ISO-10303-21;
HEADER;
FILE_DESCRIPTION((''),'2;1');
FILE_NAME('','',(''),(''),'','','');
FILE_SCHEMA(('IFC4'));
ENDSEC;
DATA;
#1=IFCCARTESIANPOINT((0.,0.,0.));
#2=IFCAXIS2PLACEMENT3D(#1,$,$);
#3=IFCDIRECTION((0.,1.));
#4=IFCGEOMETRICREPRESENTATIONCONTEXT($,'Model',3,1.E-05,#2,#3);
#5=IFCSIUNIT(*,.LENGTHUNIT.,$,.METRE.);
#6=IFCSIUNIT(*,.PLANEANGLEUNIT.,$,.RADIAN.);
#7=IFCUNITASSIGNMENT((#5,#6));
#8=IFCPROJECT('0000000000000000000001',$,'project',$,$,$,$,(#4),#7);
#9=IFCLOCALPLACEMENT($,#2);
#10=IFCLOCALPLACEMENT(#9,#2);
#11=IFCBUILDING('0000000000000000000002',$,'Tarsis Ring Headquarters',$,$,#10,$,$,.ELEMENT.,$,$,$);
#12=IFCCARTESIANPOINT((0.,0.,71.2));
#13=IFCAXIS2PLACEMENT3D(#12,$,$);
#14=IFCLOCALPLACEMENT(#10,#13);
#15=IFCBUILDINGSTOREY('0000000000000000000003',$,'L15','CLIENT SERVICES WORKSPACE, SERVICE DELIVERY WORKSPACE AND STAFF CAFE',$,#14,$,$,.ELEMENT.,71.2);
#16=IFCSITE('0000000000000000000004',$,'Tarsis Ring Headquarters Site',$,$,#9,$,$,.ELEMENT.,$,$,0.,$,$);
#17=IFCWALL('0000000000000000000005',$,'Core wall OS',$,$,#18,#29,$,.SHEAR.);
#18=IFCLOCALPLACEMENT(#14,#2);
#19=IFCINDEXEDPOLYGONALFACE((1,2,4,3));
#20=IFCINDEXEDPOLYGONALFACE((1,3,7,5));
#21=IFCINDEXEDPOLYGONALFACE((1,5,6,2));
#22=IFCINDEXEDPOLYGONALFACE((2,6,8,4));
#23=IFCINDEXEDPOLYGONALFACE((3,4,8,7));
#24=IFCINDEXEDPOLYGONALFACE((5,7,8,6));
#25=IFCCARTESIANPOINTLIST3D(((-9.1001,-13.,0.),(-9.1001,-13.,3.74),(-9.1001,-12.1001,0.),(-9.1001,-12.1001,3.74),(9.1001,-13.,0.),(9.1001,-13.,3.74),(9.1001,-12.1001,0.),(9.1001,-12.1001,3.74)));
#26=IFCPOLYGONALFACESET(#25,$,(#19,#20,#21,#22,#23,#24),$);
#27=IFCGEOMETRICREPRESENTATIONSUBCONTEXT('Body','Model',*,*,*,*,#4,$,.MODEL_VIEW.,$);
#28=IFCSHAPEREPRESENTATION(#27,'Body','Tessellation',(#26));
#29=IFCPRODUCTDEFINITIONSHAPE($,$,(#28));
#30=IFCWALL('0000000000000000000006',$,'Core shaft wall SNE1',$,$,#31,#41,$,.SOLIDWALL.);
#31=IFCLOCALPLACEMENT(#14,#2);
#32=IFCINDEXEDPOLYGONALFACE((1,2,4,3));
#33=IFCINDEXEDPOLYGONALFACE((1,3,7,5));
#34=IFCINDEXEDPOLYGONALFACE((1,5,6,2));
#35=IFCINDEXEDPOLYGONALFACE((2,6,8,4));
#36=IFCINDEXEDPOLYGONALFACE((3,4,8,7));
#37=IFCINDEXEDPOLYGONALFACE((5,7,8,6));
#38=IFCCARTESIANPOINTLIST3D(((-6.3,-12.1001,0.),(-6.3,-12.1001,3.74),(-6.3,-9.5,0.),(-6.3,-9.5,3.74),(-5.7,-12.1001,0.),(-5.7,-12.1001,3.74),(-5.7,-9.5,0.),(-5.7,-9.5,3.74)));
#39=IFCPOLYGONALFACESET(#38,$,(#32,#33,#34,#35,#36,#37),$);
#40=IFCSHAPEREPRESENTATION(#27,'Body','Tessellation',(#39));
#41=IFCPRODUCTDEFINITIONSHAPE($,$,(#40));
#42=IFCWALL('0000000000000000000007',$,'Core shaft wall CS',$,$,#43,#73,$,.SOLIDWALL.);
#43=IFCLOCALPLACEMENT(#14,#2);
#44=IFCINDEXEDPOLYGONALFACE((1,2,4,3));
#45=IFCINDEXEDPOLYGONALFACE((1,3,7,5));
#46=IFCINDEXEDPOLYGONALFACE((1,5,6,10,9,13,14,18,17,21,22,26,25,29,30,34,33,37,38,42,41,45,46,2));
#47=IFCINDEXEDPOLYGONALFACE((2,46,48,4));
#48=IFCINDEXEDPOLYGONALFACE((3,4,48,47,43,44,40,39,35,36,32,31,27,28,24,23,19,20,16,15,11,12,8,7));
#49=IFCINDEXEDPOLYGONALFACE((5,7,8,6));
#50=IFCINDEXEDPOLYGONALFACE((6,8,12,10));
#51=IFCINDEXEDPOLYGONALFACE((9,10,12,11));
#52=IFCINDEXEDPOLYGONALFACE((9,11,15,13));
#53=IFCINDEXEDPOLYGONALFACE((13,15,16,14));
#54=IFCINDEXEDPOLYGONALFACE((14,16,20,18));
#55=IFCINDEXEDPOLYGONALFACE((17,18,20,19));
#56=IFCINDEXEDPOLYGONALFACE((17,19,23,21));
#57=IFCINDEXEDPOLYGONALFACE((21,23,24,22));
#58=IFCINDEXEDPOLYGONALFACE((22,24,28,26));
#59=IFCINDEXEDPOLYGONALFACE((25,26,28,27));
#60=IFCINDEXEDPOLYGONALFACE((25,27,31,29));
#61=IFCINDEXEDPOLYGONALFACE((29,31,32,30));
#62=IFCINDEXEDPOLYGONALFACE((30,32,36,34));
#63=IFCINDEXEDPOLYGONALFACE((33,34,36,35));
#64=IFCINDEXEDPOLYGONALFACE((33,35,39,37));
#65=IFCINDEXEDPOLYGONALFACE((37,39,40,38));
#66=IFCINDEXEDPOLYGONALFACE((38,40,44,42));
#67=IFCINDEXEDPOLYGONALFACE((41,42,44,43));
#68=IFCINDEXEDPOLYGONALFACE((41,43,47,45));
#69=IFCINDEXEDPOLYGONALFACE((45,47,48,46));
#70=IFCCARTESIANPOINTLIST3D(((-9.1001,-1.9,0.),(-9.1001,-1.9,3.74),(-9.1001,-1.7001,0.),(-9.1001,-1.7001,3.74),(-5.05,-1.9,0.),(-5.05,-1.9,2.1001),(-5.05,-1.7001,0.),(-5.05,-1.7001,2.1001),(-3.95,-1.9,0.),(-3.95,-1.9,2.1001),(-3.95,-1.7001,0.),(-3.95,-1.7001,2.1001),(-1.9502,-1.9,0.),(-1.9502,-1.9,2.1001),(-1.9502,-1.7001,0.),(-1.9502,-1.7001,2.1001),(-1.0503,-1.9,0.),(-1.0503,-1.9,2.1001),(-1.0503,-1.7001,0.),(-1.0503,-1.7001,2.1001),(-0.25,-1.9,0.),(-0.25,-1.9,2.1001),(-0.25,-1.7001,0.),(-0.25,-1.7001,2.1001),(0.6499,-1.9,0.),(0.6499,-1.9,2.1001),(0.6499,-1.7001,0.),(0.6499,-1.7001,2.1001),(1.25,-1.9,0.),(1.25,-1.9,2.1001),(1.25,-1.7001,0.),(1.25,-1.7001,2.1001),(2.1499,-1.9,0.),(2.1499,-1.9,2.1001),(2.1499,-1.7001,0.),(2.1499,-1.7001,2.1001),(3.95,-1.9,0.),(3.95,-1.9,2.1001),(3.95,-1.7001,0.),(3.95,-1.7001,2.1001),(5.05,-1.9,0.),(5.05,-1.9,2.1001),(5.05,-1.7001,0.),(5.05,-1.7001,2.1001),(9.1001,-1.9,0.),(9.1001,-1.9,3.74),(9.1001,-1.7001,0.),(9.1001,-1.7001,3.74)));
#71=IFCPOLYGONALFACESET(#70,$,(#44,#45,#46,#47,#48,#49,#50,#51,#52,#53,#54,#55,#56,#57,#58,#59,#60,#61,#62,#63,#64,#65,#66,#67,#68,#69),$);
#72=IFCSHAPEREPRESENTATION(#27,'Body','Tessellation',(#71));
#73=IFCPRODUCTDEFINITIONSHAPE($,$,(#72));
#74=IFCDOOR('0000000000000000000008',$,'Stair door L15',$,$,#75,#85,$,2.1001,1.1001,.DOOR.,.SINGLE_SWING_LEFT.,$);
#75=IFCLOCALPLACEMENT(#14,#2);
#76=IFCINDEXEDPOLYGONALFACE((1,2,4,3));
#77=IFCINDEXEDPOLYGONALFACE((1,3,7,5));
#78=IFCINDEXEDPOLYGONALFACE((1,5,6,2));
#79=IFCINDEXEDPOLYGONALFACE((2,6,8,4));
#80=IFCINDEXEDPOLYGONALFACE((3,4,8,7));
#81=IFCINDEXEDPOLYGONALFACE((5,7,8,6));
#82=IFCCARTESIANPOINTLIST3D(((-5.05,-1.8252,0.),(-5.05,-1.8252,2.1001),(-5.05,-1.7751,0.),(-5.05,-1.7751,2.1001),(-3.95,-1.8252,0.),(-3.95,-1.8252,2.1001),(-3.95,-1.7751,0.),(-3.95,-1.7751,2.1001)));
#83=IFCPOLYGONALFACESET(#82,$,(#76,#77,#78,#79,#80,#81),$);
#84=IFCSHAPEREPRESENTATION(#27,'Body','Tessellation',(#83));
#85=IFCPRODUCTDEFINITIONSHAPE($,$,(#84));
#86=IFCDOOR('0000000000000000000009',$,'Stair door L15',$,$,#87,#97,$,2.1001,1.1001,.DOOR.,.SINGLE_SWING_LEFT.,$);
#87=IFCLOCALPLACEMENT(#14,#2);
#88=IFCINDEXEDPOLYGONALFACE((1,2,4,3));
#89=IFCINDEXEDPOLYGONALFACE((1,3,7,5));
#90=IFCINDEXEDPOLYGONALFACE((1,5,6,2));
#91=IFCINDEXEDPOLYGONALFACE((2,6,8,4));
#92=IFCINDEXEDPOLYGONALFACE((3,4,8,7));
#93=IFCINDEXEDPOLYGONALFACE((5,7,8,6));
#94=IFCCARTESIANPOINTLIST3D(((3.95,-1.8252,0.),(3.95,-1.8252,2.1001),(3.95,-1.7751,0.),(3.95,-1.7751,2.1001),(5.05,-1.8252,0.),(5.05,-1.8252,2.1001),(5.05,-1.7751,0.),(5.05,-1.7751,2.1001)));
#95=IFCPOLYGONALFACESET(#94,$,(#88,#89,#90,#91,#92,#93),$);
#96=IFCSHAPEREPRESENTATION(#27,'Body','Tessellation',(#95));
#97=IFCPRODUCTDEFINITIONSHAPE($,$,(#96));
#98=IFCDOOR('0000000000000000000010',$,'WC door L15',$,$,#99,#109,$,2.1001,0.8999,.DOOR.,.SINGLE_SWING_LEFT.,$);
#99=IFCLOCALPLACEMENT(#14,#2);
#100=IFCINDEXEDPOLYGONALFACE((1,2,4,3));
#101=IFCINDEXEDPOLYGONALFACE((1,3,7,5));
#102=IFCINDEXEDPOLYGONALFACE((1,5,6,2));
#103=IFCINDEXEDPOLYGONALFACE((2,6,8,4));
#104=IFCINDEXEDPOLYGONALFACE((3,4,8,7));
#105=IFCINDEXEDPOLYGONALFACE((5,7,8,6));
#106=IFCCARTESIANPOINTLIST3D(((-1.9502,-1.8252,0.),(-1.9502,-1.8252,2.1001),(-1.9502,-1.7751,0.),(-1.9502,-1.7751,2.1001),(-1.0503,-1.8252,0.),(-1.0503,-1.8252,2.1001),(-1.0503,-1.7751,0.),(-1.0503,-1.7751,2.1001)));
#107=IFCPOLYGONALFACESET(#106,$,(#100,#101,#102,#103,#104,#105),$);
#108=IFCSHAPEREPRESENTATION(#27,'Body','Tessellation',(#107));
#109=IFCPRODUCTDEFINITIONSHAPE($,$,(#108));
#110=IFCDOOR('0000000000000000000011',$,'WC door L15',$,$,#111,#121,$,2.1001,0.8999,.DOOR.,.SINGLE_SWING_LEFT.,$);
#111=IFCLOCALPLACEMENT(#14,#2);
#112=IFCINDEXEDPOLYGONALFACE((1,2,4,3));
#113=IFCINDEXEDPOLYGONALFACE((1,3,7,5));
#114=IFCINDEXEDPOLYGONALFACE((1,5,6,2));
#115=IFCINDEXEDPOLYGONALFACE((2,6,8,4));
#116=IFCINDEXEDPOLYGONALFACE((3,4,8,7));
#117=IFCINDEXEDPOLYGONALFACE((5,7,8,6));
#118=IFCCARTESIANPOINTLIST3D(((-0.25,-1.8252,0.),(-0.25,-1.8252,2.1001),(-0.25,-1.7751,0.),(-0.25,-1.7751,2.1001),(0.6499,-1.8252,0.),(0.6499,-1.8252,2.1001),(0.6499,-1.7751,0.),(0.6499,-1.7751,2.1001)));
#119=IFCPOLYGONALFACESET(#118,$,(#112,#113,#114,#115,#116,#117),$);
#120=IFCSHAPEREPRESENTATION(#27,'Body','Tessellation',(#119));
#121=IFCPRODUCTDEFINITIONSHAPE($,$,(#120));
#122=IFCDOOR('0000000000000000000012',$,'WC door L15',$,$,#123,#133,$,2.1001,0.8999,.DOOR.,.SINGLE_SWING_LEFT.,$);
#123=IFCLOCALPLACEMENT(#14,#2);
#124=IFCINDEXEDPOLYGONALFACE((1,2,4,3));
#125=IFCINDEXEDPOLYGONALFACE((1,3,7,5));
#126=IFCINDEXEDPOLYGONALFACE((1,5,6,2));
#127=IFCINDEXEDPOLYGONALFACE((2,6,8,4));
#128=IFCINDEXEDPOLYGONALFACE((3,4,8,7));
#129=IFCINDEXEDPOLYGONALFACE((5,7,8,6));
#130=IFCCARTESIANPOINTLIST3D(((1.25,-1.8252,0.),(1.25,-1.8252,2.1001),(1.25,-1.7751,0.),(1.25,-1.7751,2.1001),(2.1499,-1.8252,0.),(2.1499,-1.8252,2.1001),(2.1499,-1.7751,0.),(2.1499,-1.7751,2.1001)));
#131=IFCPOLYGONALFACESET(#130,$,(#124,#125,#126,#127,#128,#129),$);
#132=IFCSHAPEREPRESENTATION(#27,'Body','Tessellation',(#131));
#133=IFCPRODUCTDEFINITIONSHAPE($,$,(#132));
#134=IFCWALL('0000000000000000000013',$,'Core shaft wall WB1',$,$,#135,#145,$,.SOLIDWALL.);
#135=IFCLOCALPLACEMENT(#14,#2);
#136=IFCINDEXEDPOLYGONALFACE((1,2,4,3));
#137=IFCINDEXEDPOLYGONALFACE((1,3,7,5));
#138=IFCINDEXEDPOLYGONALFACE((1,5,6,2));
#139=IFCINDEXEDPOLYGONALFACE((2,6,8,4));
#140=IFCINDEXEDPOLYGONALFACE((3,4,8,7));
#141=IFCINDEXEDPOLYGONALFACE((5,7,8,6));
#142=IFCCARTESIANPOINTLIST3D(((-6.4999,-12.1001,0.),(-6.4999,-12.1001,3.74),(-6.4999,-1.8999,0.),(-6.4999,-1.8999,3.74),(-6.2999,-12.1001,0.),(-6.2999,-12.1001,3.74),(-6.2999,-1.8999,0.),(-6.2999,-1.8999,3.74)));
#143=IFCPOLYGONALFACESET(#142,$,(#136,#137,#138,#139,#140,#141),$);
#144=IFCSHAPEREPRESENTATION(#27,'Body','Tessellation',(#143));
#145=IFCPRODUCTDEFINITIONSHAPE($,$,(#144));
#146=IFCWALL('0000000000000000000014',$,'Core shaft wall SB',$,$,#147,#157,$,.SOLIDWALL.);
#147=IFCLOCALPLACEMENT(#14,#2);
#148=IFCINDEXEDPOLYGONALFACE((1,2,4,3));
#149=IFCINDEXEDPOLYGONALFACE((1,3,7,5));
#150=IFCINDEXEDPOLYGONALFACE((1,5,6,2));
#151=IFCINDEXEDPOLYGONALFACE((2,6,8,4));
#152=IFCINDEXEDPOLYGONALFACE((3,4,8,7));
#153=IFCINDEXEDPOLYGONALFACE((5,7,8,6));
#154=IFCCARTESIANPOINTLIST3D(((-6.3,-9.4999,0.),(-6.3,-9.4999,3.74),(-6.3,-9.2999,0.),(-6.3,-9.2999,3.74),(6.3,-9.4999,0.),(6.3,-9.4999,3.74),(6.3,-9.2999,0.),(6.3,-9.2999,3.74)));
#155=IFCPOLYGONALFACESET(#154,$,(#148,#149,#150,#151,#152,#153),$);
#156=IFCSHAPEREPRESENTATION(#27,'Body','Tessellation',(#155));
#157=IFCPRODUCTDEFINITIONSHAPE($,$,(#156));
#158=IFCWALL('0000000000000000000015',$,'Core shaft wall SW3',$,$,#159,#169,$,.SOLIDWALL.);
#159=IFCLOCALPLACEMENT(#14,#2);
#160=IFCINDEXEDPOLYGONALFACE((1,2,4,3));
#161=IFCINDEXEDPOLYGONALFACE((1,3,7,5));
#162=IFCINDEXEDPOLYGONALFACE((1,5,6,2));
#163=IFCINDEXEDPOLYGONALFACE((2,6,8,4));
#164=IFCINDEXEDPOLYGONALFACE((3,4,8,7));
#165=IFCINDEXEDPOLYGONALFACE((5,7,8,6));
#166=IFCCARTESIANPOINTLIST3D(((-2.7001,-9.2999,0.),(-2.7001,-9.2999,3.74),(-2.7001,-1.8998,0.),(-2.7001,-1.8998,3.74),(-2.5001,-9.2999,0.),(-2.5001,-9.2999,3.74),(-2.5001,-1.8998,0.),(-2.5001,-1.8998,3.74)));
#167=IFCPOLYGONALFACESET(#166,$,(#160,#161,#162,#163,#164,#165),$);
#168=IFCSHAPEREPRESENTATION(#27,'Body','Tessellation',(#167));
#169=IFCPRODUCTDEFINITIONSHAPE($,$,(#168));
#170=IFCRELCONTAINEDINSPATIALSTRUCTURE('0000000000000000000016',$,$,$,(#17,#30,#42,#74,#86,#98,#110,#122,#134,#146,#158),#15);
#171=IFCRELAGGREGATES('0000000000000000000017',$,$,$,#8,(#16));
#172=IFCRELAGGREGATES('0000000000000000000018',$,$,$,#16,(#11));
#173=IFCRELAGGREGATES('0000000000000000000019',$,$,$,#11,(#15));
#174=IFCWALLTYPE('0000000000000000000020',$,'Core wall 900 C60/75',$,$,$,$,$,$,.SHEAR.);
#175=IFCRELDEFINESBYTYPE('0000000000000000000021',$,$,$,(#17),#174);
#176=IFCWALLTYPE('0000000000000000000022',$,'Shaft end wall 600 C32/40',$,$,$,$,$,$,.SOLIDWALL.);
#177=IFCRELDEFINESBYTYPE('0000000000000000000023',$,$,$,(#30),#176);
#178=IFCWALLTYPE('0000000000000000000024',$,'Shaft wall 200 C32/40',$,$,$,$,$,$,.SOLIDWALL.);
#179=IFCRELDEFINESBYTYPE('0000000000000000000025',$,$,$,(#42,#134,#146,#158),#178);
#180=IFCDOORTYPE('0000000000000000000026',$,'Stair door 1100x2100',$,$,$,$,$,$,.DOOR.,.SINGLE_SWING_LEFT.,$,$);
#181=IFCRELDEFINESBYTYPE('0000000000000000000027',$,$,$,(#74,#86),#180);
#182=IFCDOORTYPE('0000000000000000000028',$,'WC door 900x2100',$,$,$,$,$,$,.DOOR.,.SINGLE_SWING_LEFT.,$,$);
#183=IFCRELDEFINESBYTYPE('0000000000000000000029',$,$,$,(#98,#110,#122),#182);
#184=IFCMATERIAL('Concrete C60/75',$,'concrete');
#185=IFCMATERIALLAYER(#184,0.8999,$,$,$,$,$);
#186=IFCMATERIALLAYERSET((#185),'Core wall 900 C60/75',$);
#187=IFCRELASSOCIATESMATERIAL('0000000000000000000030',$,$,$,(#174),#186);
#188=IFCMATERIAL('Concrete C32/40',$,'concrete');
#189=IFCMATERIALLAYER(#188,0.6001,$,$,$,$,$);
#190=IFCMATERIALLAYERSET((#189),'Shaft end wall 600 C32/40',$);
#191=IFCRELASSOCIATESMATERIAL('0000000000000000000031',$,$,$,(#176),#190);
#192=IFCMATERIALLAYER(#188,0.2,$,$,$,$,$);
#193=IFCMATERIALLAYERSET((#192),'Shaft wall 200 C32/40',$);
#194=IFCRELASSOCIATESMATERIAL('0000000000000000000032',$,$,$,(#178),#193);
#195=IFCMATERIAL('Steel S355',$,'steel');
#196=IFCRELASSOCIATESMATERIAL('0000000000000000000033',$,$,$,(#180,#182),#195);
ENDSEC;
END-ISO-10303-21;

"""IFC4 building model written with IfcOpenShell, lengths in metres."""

from ifc_helpers import new_model, si_unit, direction, frame, frame_2d, origin, place, context, subcontext, project, spatial, rectangle, extrude, material, layer, layer_set, type_object, element, fill, save


model = new_model("IFC4")

# Units and contexts
model_context = context("Model", 3, precision=1e-05, world=origin(), true_north=direction((0.0, 1.0)))
body_context = subcontext(model_context, "Body", "Model", "MODEL_VIEW")
ifc_project = project(units=[si_unit("LENGTHUNIT", "METRE"), si_unit("PLANEANGLEUNIT", "RADIAN")], contexts=[model_context])

# Site, building, storey
site_placement = place(None, origin())
site = spatial("IfcSite", under=ifc_project, at=site_placement, Name="Tarsis Ring Headquarters Site", CompositionType="ELEMENT", RefElevation=0.0)
building_placement = place(site_placement, origin())
building = spatial("IfcBuilding", under=site, at=building_placement, Name="Tarsis Ring Headquarters", CompositionType="ELEMENT")
storey_placement = place(building_placement, frame((0.0, 0.0, 71.2)))
storey = spatial("IfcBuildingStorey", under=building, at=storey_placement, Name="L15", Description="CLIENT SERVICES WORKSPACE, SERVICE DELIVERY WORKSPACE AND STAFF CAFE", CompositionType="ELEMENT", Elevation=71.2)

# Walls
ifc_material_1 = material(Name="Concrete C60/75", Category="concrete")
ifc_layer_1 = layer(ifc_material_1, 0.8999)
ifc_layer_set_1 = layer_set([ifc_layer_1], Name="Core wall 900 C60/75")
wall_type_1 = type_object("IfcWallType", Name="Core wall 900 C60/75", PredefinedType="SHEAR", material=ifc_layer_set_1)
wall_1_placement = place(storey_placement, frame((-9.1001, -12.55, 0.0), z_axis=(0.0, 0.0, 1.0), x_axis=(1.0, 0.0, 0.0)))
element("IfcWall", 1, at=wall_1_placement, inside=storey, type_object=wall_type_1, Name="Core wall OS", PredefinedType="SHEAR", context=body_context, shape_type="SweptSolid", body=[
    extrude(rectangle(XDim=18.2002, YDim=0.8999, at=frame_2d((9.1001, 0.0))), origin(), (0.0, 0.0, 1.0), 3.74),
])
ifc_material_2 = material(Name="Concrete C32/40", Category="concrete")
ifc_layer_2 = layer(ifc_material_2, 0.6001)
ifc_layer_set_2 = layer_set([ifc_layer_2], Name="Shaft end wall 600 C32/40")
wall_type_2 = type_object("IfcWallType", Name="Shaft end wall 600 C32/40", PredefinedType="SOLIDWALL", material=ifc_layer_set_2)
wall_2_placement = place(storey_placement, frame((-6.0, -12.1001, 0.0), z_axis=(0.0, 0.0, 1.0), x_axis=(0.0, 1.0, 0.0)))
element("IfcWall", 2, at=wall_2_placement, inside=storey, type_object=wall_type_2, Name="Core shaft wall SNE1", PredefinedType="SOLIDWALL", context=body_context, shape_type="SweptSolid", body=[
    extrude(rectangle(XDim=2.6001, YDim=0.6001, at=frame_2d((1.3, 0.0))), origin(), (0.0, 0.0, 1.0), 3.74),
])

# Wall, openings, doors
ifc_layer_3 = layer(ifc_material_2, 0.2)
ifc_layer_set_3 = layer_set([ifc_layer_3], Name="Shaft wall 200 C32/40")
wall_type_3 = type_object("IfcWallType", Name="Shaft wall 200 C32/40", PredefinedType="SOLIDWALL", material=ifc_layer_set_3)
wall_3_placement = place(storey_placement, frame((-9.1001, -1.8, 0.0), z_axis=(0.0, 0.0, 1.0), x_axis=(1.0, 0.0, 0.0)))
wall_3 = element("IfcWall", 3, at=wall_3_placement, inside=storey, type_object=wall_type_3, Name="Core shaft wall CS", PredefinedType="SOLIDWALL", context=body_context, shape_type="SweptSolid", body=[
    extrude(rectangle(XDim=18.2002, YDim=0.2, at=frame_2d((9.1001, 0.0))), origin(), (0.0, 0.0, 1.0), 3.74),
])
opening_1_placement = place(wall_3_placement, frame((4.05, 0.0, 0.0)))
opening_1 = element("IfcOpeningElement", 4, at=opening_1_placement, cuts=wall_3, PredefinedType="OPENING", context=body_context, shape_type="SweptSolid", body=[
    extrude(rectangle(XDim=1.1001, YDim=2.1001, at=frame_2d((0.55, 1.05))), frame((0.0, 0.1099, 0.0), z_axis=(0.0, -1.0, 0.0), x_axis=(1.0, 0.0, 0.0)), (0.0, 0.0, 1.0), 0.22),
])
opening_2_placement = place(wall_3_placement, frame((7.1499, 0.0, 0.0)))
opening_2 = element("IfcOpeningElement", 5, at=opening_2_placement, cuts=wall_3, PredefinedType="OPENING", context=body_context, shape_type="SweptSolid", body=[
    extrude(rectangle(XDim=0.8999, YDim=2.1001, at=frame_2d((0.45, 1.05))), frame((0.0, 0.1099, 0.0), z_axis=(0.0, -1.0, 0.0), x_axis=(1.0, 0.0, 0.0)), (0.0, 0.0, 1.0), 0.22),
])
opening_3_placement = place(wall_3_placement, frame((8.8501, 0.0, 0.0)))
opening_3 = element("IfcOpeningElement", 6, at=opening_3_placement, cuts=wall_3, PredefinedType="OPENING", context=body_context, shape_type="SweptSolid", body=[
    extrude(rectangle(XDim=0.8999, YDim=2.1001, at=frame_2d((0.45, 1.05))), frame((0.0, 0.1099, 0.0), z_axis=(0.0, -1.0, 0.0), x_axis=(1.0, 0.0, 0.0)), (0.0, 0.0, 1.0), 0.22),
])
opening_4_placement = place(wall_3_placement, frame((10.3501, 0.0, 0.0)))
opening_4 = element("IfcOpeningElement", 7, at=opening_4_placement, cuts=wall_3, PredefinedType="OPENING", context=body_context, shape_type="SweptSolid", body=[
    extrude(rectangle(XDim=0.8999, YDim=2.1001, at=frame_2d((0.45, 1.05))), frame((0.0, 0.1099, 0.0), z_axis=(0.0, -1.0, 0.0), x_axis=(1.0, 0.0, 0.0)), (0.0, 0.0, 1.0), 0.22),
])
opening_5_placement = place(wall_3_placement, frame((13.05, 0.0, 0.0)))
opening_5 = element("IfcOpeningElement", 8, at=opening_5_placement, cuts=wall_3, PredefinedType="OPENING", context=body_context, shape_type="SweptSolid", body=[
    extrude(rectangle(XDim=1.1001, YDim=2.1001, at=frame_2d((0.55, 1.05))), frame((0.0, 0.1099, 0.0), z_axis=(0.0, -1.0, 0.0), x_axis=(1.0, 0.0, 0.0)), (0.0, 0.0, 1.0), 0.22),
])
ifc_material_3 = material(Name="Steel S355", Category="steel")
door_type_1 = type_object("IfcDoorType", Name="Stair door 1100x2100", OperationType="SINGLE_SWING_LEFT", PredefinedType="DOOR", material=ifc_material_3)
door_1_placement = place(opening_1_placement, origin())
door_1 = element("IfcDoor", 9, at=door_1_placement, inside=storey, type_object=door_type_1, Name="Stair door L15", OperationType="SINGLE_SWING_LEFT", OverallHeight=2.1001, OverallWidth=1.1001, PredefinedType="DOOR", context=body_context, shape_type="SweptSolid", body=[
    extrude(rectangle(XDim=1.1001, YDim=2.1001, at=frame_2d((0.55, 1.05))), frame((0.0, 0.0249, 0.0), z_axis=(0.0, -1.0, 0.0), x_axis=(1.0, 0.0, 0.0)), (0.0, 0.0, 1.0), 0.05),
])
fill(opening_1, door_1)
door_2_placement = place(opening_5_placement, origin())
door_2 = element("IfcDoor", 10, at=door_2_placement, inside=storey, type_object=door_type_1, Name="Stair door L15", OperationType="SINGLE_SWING_LEFT", OverallHeight=2.1001, OverallWidth=1.1001, PredefinedType="DOOR", context=body_context, shape_type="SweptSolid", body=[
    extrude(rectangle(XDim=1.1001, YDim=2.1001, at=frame_2d((0.55, 1.05))), frame((0.0, 0.0249, 0.0), z_axis=(0.0, -1.0, 0.0), x_axis=(1.0, 0.0, 0.0)), (0.0, 0.0, 1.0), 0.05),
])
fill(opening_5, door_2)
door_type_2 = type_object("IfcDoorType", Name="WC door 900x2100", OperationType="SINGLE_SWING_LEFT", PredefinedType="DOOR", material=ifc_material_3)
door_3_placement = place(opening_2_placement, origin())
door_3 = element("IfcDoor", 11, at=door_3_placement, inside=storey, type_object=door_type_2, Name="WC door L15", OperationType="SINGLE_SWING_LEFT", OverallHeight=2.1001, OverallWidth=0.8999, PredefinedType="DOOR", context=body_context, shape_type="SweptSolid", body=[
    extrude(rectangle(XDim=0.8999, YDim=2.1001, at=frame_2d((0.45, 1.05))), frame((0.0, 0.0249, 0.0), z_axis=(0.0, -1.0, 0.0), x_axis=(1.0, 0.0, 0.0)), (0.0, 0.0, 1.0), 0.05),
])
fill(opening_2, door_3)
door_4_placement = place(opening_3_placement, origin())
door_4 = element("IfcDoor", 12, at=door_4_placement, inside=storey, type_object=door_type_2, Name="WC door L15", OperationType="SINGLE_SWING_LEFT", OverallHeight=2.1001, OverallWidth=0.8999, PredefinedType="DOOR", context=body_context, shape_type="SweptSolid", body=[
    extrude(rectangle(XDim=0.8999, YDim=2.1001, at=frame_2d((0.45, 1.05))), frame((0.0, 0.0249, 0.0), z_axis=(0.0, -1.0, 0.0), x_axis=(1.0, 0.0, 0.0)), (0.0, 0.0, 1.0), 0.05),
])
fill(opening_3, door_4)
door_5_placement = place(opening_4_placement, origin())
door_5 = element("IfcDoor", 13, at=door_5_placement, inside=storey, type_object=door_type_2, Name="WC door L15", OperationType="SINGLE_SWING_LEFT", OverallHeight=2.1001, OverallWidth=0.8999, PredefinedType="DOOR", context=body_context, shape_type="SweptSolid", body=[
    extrude(rectangle(XDim=0.8999, YDim=2.1001, at=frame_2d((0.45, 1.05))), frame((0.0, 0.0249, 0.0), z_axis=(0.0, -1.0, 0.0), x_axis=(1.0, 0.0, 0.0)), (0.0, 0.0, 1.0), 0.05),
])
fill(opening_4, door_5)

# Walls
wall_4_placement = place(storey_placement, frame((-6.3999, -12.1001, 0.0), z_axis=(0.0, 0.0, 1.0), x_axis=(0.0, 1.0, 0.0)))
element("IfcWall", 14, at=wall_4_placement, inside=storey, type_object=wall_type_3, Name="Core shaft wall WB1", PredefinedType="SOLIDWALL", context=body_context, shape_type="SweptSolid", body=[
    extrude(rectangle(XDim=10.2002, YDim=0.2, at=frame_2d((5.1001, 0.0))), origin(), (0.0, 0.0, 1.0), 3.74),
])
wall_5_placement = place(storey_placement, frame((-6.3, -9.3999, 0.0), z_axis=(0.0, 0.0, 1.0), x_axis=(1.0, 0.0, 0.0)))
element("IfcWall", 15, at=wall_5_placement, inside=storey, type_object=wall_type_3, Name="Core shaft wall SB", PredefinedType="SOLIDWALL", context=body_context, shape_type="SweptSolid", body=[
    extrude(rectangle(XDim=12.6001, YDim=0.2, at=frame_2d((6.3, 0.0))), origin(), (0.0, 0.0, 1.0), 3.74),
])
wall_6_placement = place(storey_placement, frame((-2.6001, -9.3, 0.0), z_axis=(0.0, 0.0, 1.0), x_axis=(0.0, 1.0, 0.0)))
element("IfcWall", 16, at=wall_6_placement, inside=storey, type_object=wall_type_3, Name="Core shaft wall SW3", PredefinedType="SOLIDWALL", context=body_context, shape_type="SweptSolid", body=[
    extrude(rectangle(XDim=7.4001, YDim=0.2, at=frame_2d((3.7002, 0.0))), origin(), (0.0, 0.0, 1.0), 3.74),
])

save(model, "model.ifc")
